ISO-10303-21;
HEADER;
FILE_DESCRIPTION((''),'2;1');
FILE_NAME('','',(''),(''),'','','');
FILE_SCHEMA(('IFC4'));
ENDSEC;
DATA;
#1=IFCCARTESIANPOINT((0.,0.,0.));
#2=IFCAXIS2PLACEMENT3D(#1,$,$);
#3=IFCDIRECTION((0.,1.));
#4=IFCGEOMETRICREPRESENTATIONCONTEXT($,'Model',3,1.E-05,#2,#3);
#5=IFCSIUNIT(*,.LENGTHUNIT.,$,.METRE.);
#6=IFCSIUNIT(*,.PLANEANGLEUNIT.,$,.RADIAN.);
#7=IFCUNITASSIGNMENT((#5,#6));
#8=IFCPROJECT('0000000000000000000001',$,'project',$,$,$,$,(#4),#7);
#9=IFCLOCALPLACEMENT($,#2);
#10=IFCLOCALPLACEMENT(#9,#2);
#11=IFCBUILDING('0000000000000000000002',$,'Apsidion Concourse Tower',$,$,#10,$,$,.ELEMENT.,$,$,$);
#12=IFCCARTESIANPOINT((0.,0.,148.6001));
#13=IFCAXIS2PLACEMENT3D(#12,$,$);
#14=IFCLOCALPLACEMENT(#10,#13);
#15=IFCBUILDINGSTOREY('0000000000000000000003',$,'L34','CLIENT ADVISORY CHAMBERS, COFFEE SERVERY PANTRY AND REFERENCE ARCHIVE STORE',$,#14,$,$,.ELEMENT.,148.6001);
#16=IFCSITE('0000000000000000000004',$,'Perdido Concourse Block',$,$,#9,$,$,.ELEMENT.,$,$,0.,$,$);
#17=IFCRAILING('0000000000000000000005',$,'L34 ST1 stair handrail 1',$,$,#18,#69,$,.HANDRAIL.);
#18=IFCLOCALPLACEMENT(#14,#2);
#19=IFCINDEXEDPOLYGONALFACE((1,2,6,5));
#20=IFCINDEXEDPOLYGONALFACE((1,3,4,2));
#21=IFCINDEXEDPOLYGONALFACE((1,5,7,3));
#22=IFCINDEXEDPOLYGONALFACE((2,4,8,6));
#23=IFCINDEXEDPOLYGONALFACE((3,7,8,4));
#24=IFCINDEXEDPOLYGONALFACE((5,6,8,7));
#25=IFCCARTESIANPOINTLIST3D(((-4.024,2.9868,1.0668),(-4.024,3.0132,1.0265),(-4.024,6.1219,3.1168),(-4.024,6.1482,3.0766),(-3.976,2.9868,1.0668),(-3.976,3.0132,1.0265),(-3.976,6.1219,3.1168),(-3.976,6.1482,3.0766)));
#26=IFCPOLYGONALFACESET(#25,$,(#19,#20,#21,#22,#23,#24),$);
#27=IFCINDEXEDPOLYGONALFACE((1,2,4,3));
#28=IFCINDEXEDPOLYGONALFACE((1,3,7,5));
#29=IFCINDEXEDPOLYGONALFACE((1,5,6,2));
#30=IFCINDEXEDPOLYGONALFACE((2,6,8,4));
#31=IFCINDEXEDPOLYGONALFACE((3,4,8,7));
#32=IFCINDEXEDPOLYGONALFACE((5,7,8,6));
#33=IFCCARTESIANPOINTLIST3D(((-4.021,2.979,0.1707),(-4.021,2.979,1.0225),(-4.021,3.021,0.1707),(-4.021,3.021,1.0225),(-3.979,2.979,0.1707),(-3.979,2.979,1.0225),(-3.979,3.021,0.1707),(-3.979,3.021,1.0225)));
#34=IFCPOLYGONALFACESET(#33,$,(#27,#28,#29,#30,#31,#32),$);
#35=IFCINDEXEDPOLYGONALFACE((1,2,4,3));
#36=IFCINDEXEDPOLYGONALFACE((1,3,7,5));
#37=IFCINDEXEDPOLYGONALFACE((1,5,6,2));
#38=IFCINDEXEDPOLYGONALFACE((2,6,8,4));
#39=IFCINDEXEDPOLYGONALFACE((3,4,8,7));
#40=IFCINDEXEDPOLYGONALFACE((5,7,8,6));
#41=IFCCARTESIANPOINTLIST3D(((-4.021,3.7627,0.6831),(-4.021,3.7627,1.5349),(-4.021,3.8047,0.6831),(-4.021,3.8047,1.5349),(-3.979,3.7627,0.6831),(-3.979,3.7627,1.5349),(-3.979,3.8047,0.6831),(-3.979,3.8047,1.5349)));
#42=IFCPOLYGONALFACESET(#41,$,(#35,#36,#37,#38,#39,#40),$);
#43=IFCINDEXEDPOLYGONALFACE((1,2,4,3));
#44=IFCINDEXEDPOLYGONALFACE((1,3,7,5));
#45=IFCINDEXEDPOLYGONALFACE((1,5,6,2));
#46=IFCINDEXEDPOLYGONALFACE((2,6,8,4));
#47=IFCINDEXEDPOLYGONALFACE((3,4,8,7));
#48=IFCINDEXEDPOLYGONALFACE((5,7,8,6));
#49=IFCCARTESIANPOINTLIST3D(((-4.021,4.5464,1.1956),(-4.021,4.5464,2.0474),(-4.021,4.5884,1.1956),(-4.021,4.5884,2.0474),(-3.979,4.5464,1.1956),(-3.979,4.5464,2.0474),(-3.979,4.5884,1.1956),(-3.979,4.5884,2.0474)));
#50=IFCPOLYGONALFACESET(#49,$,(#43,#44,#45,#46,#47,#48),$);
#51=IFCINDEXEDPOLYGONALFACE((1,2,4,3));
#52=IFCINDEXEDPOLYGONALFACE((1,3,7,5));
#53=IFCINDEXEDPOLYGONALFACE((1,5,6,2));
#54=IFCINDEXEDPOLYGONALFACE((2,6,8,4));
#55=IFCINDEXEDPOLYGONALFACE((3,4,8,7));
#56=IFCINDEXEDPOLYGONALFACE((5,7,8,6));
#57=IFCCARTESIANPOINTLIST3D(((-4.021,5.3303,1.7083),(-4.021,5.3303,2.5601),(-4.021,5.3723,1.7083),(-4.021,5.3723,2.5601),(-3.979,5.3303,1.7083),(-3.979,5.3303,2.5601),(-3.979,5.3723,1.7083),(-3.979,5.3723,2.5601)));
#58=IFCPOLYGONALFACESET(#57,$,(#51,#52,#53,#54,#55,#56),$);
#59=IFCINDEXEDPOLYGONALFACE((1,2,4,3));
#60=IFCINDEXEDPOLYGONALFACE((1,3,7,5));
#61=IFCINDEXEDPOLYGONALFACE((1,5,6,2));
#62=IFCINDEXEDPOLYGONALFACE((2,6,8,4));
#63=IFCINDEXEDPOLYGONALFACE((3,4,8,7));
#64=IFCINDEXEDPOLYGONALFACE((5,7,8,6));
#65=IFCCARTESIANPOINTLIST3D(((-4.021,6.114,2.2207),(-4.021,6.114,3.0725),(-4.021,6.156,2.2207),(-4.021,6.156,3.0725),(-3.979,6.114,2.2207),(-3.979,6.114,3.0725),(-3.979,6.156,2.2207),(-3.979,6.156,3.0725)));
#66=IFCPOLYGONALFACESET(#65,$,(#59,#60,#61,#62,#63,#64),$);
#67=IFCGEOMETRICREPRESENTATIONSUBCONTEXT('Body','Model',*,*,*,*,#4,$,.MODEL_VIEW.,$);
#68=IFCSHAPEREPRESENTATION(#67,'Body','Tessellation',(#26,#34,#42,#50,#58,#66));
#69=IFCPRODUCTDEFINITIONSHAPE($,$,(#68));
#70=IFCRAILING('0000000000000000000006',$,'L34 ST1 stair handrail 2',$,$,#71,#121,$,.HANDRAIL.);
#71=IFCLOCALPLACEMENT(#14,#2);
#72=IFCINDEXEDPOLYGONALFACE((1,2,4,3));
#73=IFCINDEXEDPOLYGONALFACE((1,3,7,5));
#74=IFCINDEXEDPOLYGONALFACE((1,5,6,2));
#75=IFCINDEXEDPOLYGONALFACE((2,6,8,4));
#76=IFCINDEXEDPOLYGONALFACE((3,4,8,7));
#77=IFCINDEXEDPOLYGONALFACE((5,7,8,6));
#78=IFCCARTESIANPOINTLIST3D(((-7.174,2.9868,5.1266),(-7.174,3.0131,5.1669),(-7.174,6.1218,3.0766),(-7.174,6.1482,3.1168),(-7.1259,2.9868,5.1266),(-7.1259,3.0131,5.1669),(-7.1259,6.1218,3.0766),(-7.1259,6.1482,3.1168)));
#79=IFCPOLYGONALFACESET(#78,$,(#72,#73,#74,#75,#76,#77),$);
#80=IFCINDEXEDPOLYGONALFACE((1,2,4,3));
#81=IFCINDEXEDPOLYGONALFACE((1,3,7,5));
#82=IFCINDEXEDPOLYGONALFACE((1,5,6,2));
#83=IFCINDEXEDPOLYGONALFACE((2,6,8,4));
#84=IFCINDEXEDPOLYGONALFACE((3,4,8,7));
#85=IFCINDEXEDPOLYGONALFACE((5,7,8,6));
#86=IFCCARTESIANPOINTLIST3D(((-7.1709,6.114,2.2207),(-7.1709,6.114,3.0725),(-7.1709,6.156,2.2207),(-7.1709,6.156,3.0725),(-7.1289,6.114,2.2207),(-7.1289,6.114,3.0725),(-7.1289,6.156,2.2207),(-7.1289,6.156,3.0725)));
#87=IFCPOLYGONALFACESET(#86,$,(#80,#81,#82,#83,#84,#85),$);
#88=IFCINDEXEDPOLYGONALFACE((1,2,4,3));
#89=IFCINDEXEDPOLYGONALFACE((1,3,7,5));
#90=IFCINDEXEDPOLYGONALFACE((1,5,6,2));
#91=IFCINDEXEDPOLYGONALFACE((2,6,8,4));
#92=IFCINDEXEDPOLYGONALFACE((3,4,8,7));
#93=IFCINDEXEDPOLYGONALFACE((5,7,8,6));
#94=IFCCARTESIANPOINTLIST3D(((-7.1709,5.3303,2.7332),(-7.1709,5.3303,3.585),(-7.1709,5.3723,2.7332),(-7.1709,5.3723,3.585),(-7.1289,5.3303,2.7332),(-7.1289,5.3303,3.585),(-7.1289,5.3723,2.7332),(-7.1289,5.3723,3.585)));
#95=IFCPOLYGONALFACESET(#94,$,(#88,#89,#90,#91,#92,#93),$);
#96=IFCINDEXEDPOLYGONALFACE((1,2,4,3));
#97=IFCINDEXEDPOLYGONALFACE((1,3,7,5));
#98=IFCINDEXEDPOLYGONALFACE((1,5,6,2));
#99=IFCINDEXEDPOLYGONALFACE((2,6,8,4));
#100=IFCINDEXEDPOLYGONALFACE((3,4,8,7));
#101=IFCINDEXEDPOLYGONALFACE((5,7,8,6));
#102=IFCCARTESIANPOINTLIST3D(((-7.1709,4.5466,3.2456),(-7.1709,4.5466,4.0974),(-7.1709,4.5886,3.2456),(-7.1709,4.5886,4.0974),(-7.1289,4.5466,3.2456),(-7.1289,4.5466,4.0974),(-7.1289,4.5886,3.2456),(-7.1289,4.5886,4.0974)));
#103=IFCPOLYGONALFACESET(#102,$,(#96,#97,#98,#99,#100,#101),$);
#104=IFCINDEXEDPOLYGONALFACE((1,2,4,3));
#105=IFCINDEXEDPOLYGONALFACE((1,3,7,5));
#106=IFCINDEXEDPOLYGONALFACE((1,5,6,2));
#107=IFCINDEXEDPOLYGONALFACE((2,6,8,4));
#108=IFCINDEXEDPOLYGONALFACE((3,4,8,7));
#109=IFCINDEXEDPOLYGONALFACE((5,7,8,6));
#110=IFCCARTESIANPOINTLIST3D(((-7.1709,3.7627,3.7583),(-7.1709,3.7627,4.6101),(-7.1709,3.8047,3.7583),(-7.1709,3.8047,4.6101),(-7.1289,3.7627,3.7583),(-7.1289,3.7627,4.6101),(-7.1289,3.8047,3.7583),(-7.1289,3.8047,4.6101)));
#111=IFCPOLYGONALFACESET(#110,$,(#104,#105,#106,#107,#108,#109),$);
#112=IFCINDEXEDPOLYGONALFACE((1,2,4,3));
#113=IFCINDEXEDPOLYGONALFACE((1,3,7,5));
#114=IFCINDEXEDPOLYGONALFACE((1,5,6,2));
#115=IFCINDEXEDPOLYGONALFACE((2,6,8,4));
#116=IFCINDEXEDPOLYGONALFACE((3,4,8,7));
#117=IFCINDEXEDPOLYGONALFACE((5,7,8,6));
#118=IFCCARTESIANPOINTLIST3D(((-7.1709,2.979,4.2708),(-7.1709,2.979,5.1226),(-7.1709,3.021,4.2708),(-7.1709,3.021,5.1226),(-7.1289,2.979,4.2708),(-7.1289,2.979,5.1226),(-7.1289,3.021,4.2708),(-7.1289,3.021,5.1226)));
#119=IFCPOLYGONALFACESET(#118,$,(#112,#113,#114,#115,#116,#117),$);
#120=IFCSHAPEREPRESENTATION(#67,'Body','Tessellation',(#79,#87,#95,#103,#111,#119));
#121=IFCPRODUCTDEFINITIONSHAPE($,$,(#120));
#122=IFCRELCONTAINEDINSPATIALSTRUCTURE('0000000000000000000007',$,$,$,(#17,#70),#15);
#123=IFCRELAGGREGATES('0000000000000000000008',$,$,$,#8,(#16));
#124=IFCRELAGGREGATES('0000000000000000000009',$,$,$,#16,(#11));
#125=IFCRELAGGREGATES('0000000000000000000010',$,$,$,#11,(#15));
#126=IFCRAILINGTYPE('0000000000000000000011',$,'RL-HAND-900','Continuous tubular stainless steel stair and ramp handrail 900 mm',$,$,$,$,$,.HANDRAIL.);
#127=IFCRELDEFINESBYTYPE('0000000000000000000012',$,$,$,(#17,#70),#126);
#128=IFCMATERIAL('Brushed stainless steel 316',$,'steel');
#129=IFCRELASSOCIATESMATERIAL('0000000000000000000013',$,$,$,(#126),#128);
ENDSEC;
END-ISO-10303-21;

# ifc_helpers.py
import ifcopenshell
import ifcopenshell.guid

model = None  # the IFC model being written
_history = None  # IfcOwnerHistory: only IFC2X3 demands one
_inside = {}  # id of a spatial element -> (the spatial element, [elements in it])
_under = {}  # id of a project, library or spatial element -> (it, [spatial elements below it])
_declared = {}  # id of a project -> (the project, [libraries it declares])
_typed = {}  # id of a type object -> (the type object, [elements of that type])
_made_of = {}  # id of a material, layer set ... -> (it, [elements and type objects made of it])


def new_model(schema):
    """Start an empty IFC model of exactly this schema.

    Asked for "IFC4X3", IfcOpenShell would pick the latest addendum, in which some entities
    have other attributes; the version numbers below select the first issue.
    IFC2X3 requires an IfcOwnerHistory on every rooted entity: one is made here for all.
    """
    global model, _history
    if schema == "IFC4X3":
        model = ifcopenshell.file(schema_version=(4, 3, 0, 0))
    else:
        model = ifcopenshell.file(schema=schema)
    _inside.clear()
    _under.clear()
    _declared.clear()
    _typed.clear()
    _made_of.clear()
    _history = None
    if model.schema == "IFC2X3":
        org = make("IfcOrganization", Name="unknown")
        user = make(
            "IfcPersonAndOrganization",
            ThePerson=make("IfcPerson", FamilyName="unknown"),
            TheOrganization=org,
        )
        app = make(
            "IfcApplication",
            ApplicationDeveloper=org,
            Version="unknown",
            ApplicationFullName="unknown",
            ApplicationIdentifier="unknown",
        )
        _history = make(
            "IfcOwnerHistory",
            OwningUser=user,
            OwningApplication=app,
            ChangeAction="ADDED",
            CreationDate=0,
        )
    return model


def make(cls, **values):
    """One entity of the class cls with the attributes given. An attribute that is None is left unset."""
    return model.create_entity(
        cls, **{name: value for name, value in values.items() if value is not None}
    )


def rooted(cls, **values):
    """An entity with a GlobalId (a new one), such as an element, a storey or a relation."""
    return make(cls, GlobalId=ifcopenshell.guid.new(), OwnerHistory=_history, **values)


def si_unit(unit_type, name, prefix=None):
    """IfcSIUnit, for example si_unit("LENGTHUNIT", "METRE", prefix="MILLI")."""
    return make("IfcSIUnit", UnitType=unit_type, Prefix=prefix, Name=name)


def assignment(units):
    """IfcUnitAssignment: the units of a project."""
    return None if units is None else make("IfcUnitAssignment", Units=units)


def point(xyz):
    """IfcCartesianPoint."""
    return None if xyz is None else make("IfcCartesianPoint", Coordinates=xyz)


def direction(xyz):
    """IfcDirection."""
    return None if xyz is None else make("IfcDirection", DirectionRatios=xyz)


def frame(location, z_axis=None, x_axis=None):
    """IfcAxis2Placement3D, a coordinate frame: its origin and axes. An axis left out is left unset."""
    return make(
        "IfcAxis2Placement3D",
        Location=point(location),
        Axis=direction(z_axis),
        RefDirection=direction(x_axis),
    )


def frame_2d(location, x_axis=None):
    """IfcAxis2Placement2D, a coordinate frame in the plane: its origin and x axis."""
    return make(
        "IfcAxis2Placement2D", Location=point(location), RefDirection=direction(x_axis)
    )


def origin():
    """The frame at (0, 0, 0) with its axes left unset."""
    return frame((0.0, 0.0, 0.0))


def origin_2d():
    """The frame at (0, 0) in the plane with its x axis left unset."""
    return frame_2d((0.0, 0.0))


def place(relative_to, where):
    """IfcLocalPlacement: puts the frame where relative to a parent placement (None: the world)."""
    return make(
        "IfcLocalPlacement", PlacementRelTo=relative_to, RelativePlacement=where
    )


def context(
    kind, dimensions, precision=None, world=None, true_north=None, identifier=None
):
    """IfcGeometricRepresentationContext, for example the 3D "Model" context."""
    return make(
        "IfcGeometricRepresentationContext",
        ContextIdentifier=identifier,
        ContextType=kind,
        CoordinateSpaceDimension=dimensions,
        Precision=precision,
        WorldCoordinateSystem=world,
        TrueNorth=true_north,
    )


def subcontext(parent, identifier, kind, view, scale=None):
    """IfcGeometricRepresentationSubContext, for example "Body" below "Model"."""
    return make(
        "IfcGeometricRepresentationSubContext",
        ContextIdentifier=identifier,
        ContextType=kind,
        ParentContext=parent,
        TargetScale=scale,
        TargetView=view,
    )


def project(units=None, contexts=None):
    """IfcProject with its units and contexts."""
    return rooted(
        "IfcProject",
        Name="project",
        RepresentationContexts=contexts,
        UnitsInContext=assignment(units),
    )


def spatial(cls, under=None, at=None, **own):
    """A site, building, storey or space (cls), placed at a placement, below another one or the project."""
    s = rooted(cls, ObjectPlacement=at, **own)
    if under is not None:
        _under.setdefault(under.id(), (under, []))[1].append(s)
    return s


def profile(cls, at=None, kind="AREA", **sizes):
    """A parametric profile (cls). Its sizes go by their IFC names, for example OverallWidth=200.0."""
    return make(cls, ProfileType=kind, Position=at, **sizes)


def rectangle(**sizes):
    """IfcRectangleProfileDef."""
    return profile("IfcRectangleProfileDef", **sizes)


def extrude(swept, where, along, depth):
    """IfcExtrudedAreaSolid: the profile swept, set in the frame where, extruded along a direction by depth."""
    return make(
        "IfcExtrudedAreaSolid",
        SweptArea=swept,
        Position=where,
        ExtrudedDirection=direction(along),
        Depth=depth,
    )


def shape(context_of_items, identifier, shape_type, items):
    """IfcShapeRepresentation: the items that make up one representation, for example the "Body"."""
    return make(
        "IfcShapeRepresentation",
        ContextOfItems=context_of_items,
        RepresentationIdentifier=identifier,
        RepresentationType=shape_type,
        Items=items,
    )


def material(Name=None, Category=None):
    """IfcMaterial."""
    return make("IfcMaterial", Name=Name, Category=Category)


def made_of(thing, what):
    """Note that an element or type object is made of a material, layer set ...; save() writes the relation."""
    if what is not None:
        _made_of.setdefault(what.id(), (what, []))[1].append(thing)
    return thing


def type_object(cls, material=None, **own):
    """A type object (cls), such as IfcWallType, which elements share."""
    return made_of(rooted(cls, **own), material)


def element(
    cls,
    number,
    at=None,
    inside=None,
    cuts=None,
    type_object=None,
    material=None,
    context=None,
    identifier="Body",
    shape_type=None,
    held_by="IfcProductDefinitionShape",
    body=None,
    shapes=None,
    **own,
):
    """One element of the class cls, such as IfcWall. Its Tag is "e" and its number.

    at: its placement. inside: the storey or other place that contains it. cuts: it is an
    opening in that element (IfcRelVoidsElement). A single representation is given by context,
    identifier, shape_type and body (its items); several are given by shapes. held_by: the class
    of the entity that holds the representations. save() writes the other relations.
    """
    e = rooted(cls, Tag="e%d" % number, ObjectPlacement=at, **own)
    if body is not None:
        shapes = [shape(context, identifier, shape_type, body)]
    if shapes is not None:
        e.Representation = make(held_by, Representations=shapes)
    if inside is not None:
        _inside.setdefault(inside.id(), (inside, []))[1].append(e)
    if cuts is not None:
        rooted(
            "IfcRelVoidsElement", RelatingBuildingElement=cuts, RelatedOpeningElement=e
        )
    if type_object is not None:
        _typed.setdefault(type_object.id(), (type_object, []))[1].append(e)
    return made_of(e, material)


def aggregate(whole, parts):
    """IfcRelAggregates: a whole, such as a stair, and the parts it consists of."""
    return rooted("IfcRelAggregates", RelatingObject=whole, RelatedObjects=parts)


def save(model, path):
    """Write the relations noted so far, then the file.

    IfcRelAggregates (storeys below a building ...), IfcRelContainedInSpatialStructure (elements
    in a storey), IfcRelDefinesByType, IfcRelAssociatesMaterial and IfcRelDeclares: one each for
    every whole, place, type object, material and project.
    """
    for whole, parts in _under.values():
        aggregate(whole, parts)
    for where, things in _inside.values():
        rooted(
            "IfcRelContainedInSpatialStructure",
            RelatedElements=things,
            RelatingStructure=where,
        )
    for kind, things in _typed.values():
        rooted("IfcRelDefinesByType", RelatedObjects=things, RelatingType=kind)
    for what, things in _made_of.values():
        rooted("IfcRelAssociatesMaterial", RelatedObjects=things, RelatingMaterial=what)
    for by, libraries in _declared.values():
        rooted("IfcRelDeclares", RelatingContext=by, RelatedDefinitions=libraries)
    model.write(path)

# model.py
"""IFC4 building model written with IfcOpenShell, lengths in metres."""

from ifc_helpers import new_model, si_unit, direction, frame, origin, origin_2d, place, context, subcontext, project, spatial, rectangle, extrude, material, type_object, element, save


model = new_model("IFC4")

# Units and contexts
model_context = context("Model", 3, precision=1e-05, world=origin(), true_north=direction((0.0, 1.0)))
body_context = subcontext(model_context, "Body", "Model", "MODEL_VIEW")
ifc_project = project(units=[si_unit("LENGTHUNIT", "METRE"), si_unit("PLANEANGLEUNIT", "RADIAN")], contexts=[model_context])

# Site, building, storey
site_placement = place(None, origin())
site = spatial("IfcSite", under=ifc_project, at=site_placement, Name="Perdido Concourse Block", CompositionType="ELEMENT", RefElevation=0.0)
building_placement = place(site_placement, origin())
building = spatial("IfcBuilding", under=site, at=building_placement, Name="Apsidion Concourse Tower", CompositionType="ELEMENT")
storey_placement = place(building_placement, frame((0.0, 0.0, 148.6001)))
storey = spatial("IfcBuildingStorey", under=building, at=storey_placement, Name="L34", Description="CLIENT ADVISORY CHAMBERS, COFFEE SERVERY PANTRY AND REFERENCE ARCHIVE STORE", CompositionType="ELEMENT", Elevation=148.6001)

# Shared definitions
ifc_material_1 = material(Name="Brushed stainless steel 316", Category="steel")

# Railings
railing_type_1 = type_object("IfcRailingType", Name="RL-HAND-900", Description="Continuous tubular stainless steel stair and ramp handrail 900 mm", PredefinedType="HANDRAIL", material=ifc_material_1)
railing_1_placement = place(storey_placement, frame((-4.0, 3.0, 0.1707)))
element("IfcRailing", 1, at=railing_1_placement, inside=storey, type_object=railing_type_1, Name="L34 ST1 stair handrail 1", PredefinedType="HANDRAIL", context=body_context, shape_type="SweptSolid", body=[
    extrude(rectangle(XDim=0.0481, YDim=0.0481, at=origin_2d()), frame((0.0, 0.0, 0.876), z_axis=(0.0, 0.836941, 0.547293), x_axis=(-1.0, 0.0, 0.0)), (0.0, 0.0, 1.0), 3.7458),
    extrude(rectangle(XDim=0.042, YDim=0.042, at=origin_2d()), origin(), (0.0, 0.0, 1.0), 0.8518),
    extrude(rectangle(XDim=0.042, YDim=0.042, at=origin_2d()), frame((0.0, 0.7837, 0.5125)), (0.0, 0.0, 1.0), 0.8518),
    extrude(rectangle(XDim=0.042, YDim=0.042, at=origin_2d()), frame((0.0, 1.5674, 1.0249)), (0.0, 0.0, 1.0), 0.8518),
    extrude(rectangle(XDim=0.042, YDim=0.042, at=origin_2d()), frame((0.0, 2.3513, 1.5376)), (0.0, 0.0, 1.0), 0.8518),
    extrude(rectangle(XDim=0.042, YDim=0.042, at=origin_2d()), frame((0.0, 3.135, 2.05)), (0.0, 0.0, 1.0), 0.8518),
])
railing_2_placement = place(storey_placement, frame((-7.1499, 6.135, 2.2207)))
element("IfcRailing", 2, at=railing_2_placement, inside=storey, type_object=railing_type_1, Name="L34 ST1 stair handrail 2", PredefinedType="HANDRAIL", context=body_context, shape_type="SweptSolid", body=[
    extrude(rectangle(XDim=0.0481, YDim=0.0481, at=origin_2d()), frame((0.0, 0.0, 0.876), z_axis=(0.0, -0.836941, 0.547293), x_axis=(1.0, 0.0, 0.0)), (0.0, 0.0, 1.0), 3.7458),
    extrude(rectangle(XDim=0.042, YDim=0.042, at=origin_2d()), origin(), (0.0, 0.0, 1.0), 0.8518),
    extrude(rectangle(XDim=0.042, YDim=0.042, at=origin_2d()), frame((0.0, -0.7837, 0.5125)), (0.0, 0.0, 1.0), 0.8518),
    extrude(rectangle(XDim=0.042, YDim=0.042, at=origin_2d()), frame((0.0, -1.5674, 1.0249)), (0.0, 0.0, 1.0), 0.8518),
    extrude(rectangle(XDim=0.042, YDim=0.042, at=origin_2d()), frame((0.0, -2.3513, 1.5376)), (0.0, 0.0, 1.0), 0.8518),
    extrude(rectangle(XDim=0.042, YDim=0.042, at=origin_2d()), frame((0.0, -3.135, 2.05)), (0.0, 0.0, 1.0), 0.8518),
])

save(model, "model.ifc")
